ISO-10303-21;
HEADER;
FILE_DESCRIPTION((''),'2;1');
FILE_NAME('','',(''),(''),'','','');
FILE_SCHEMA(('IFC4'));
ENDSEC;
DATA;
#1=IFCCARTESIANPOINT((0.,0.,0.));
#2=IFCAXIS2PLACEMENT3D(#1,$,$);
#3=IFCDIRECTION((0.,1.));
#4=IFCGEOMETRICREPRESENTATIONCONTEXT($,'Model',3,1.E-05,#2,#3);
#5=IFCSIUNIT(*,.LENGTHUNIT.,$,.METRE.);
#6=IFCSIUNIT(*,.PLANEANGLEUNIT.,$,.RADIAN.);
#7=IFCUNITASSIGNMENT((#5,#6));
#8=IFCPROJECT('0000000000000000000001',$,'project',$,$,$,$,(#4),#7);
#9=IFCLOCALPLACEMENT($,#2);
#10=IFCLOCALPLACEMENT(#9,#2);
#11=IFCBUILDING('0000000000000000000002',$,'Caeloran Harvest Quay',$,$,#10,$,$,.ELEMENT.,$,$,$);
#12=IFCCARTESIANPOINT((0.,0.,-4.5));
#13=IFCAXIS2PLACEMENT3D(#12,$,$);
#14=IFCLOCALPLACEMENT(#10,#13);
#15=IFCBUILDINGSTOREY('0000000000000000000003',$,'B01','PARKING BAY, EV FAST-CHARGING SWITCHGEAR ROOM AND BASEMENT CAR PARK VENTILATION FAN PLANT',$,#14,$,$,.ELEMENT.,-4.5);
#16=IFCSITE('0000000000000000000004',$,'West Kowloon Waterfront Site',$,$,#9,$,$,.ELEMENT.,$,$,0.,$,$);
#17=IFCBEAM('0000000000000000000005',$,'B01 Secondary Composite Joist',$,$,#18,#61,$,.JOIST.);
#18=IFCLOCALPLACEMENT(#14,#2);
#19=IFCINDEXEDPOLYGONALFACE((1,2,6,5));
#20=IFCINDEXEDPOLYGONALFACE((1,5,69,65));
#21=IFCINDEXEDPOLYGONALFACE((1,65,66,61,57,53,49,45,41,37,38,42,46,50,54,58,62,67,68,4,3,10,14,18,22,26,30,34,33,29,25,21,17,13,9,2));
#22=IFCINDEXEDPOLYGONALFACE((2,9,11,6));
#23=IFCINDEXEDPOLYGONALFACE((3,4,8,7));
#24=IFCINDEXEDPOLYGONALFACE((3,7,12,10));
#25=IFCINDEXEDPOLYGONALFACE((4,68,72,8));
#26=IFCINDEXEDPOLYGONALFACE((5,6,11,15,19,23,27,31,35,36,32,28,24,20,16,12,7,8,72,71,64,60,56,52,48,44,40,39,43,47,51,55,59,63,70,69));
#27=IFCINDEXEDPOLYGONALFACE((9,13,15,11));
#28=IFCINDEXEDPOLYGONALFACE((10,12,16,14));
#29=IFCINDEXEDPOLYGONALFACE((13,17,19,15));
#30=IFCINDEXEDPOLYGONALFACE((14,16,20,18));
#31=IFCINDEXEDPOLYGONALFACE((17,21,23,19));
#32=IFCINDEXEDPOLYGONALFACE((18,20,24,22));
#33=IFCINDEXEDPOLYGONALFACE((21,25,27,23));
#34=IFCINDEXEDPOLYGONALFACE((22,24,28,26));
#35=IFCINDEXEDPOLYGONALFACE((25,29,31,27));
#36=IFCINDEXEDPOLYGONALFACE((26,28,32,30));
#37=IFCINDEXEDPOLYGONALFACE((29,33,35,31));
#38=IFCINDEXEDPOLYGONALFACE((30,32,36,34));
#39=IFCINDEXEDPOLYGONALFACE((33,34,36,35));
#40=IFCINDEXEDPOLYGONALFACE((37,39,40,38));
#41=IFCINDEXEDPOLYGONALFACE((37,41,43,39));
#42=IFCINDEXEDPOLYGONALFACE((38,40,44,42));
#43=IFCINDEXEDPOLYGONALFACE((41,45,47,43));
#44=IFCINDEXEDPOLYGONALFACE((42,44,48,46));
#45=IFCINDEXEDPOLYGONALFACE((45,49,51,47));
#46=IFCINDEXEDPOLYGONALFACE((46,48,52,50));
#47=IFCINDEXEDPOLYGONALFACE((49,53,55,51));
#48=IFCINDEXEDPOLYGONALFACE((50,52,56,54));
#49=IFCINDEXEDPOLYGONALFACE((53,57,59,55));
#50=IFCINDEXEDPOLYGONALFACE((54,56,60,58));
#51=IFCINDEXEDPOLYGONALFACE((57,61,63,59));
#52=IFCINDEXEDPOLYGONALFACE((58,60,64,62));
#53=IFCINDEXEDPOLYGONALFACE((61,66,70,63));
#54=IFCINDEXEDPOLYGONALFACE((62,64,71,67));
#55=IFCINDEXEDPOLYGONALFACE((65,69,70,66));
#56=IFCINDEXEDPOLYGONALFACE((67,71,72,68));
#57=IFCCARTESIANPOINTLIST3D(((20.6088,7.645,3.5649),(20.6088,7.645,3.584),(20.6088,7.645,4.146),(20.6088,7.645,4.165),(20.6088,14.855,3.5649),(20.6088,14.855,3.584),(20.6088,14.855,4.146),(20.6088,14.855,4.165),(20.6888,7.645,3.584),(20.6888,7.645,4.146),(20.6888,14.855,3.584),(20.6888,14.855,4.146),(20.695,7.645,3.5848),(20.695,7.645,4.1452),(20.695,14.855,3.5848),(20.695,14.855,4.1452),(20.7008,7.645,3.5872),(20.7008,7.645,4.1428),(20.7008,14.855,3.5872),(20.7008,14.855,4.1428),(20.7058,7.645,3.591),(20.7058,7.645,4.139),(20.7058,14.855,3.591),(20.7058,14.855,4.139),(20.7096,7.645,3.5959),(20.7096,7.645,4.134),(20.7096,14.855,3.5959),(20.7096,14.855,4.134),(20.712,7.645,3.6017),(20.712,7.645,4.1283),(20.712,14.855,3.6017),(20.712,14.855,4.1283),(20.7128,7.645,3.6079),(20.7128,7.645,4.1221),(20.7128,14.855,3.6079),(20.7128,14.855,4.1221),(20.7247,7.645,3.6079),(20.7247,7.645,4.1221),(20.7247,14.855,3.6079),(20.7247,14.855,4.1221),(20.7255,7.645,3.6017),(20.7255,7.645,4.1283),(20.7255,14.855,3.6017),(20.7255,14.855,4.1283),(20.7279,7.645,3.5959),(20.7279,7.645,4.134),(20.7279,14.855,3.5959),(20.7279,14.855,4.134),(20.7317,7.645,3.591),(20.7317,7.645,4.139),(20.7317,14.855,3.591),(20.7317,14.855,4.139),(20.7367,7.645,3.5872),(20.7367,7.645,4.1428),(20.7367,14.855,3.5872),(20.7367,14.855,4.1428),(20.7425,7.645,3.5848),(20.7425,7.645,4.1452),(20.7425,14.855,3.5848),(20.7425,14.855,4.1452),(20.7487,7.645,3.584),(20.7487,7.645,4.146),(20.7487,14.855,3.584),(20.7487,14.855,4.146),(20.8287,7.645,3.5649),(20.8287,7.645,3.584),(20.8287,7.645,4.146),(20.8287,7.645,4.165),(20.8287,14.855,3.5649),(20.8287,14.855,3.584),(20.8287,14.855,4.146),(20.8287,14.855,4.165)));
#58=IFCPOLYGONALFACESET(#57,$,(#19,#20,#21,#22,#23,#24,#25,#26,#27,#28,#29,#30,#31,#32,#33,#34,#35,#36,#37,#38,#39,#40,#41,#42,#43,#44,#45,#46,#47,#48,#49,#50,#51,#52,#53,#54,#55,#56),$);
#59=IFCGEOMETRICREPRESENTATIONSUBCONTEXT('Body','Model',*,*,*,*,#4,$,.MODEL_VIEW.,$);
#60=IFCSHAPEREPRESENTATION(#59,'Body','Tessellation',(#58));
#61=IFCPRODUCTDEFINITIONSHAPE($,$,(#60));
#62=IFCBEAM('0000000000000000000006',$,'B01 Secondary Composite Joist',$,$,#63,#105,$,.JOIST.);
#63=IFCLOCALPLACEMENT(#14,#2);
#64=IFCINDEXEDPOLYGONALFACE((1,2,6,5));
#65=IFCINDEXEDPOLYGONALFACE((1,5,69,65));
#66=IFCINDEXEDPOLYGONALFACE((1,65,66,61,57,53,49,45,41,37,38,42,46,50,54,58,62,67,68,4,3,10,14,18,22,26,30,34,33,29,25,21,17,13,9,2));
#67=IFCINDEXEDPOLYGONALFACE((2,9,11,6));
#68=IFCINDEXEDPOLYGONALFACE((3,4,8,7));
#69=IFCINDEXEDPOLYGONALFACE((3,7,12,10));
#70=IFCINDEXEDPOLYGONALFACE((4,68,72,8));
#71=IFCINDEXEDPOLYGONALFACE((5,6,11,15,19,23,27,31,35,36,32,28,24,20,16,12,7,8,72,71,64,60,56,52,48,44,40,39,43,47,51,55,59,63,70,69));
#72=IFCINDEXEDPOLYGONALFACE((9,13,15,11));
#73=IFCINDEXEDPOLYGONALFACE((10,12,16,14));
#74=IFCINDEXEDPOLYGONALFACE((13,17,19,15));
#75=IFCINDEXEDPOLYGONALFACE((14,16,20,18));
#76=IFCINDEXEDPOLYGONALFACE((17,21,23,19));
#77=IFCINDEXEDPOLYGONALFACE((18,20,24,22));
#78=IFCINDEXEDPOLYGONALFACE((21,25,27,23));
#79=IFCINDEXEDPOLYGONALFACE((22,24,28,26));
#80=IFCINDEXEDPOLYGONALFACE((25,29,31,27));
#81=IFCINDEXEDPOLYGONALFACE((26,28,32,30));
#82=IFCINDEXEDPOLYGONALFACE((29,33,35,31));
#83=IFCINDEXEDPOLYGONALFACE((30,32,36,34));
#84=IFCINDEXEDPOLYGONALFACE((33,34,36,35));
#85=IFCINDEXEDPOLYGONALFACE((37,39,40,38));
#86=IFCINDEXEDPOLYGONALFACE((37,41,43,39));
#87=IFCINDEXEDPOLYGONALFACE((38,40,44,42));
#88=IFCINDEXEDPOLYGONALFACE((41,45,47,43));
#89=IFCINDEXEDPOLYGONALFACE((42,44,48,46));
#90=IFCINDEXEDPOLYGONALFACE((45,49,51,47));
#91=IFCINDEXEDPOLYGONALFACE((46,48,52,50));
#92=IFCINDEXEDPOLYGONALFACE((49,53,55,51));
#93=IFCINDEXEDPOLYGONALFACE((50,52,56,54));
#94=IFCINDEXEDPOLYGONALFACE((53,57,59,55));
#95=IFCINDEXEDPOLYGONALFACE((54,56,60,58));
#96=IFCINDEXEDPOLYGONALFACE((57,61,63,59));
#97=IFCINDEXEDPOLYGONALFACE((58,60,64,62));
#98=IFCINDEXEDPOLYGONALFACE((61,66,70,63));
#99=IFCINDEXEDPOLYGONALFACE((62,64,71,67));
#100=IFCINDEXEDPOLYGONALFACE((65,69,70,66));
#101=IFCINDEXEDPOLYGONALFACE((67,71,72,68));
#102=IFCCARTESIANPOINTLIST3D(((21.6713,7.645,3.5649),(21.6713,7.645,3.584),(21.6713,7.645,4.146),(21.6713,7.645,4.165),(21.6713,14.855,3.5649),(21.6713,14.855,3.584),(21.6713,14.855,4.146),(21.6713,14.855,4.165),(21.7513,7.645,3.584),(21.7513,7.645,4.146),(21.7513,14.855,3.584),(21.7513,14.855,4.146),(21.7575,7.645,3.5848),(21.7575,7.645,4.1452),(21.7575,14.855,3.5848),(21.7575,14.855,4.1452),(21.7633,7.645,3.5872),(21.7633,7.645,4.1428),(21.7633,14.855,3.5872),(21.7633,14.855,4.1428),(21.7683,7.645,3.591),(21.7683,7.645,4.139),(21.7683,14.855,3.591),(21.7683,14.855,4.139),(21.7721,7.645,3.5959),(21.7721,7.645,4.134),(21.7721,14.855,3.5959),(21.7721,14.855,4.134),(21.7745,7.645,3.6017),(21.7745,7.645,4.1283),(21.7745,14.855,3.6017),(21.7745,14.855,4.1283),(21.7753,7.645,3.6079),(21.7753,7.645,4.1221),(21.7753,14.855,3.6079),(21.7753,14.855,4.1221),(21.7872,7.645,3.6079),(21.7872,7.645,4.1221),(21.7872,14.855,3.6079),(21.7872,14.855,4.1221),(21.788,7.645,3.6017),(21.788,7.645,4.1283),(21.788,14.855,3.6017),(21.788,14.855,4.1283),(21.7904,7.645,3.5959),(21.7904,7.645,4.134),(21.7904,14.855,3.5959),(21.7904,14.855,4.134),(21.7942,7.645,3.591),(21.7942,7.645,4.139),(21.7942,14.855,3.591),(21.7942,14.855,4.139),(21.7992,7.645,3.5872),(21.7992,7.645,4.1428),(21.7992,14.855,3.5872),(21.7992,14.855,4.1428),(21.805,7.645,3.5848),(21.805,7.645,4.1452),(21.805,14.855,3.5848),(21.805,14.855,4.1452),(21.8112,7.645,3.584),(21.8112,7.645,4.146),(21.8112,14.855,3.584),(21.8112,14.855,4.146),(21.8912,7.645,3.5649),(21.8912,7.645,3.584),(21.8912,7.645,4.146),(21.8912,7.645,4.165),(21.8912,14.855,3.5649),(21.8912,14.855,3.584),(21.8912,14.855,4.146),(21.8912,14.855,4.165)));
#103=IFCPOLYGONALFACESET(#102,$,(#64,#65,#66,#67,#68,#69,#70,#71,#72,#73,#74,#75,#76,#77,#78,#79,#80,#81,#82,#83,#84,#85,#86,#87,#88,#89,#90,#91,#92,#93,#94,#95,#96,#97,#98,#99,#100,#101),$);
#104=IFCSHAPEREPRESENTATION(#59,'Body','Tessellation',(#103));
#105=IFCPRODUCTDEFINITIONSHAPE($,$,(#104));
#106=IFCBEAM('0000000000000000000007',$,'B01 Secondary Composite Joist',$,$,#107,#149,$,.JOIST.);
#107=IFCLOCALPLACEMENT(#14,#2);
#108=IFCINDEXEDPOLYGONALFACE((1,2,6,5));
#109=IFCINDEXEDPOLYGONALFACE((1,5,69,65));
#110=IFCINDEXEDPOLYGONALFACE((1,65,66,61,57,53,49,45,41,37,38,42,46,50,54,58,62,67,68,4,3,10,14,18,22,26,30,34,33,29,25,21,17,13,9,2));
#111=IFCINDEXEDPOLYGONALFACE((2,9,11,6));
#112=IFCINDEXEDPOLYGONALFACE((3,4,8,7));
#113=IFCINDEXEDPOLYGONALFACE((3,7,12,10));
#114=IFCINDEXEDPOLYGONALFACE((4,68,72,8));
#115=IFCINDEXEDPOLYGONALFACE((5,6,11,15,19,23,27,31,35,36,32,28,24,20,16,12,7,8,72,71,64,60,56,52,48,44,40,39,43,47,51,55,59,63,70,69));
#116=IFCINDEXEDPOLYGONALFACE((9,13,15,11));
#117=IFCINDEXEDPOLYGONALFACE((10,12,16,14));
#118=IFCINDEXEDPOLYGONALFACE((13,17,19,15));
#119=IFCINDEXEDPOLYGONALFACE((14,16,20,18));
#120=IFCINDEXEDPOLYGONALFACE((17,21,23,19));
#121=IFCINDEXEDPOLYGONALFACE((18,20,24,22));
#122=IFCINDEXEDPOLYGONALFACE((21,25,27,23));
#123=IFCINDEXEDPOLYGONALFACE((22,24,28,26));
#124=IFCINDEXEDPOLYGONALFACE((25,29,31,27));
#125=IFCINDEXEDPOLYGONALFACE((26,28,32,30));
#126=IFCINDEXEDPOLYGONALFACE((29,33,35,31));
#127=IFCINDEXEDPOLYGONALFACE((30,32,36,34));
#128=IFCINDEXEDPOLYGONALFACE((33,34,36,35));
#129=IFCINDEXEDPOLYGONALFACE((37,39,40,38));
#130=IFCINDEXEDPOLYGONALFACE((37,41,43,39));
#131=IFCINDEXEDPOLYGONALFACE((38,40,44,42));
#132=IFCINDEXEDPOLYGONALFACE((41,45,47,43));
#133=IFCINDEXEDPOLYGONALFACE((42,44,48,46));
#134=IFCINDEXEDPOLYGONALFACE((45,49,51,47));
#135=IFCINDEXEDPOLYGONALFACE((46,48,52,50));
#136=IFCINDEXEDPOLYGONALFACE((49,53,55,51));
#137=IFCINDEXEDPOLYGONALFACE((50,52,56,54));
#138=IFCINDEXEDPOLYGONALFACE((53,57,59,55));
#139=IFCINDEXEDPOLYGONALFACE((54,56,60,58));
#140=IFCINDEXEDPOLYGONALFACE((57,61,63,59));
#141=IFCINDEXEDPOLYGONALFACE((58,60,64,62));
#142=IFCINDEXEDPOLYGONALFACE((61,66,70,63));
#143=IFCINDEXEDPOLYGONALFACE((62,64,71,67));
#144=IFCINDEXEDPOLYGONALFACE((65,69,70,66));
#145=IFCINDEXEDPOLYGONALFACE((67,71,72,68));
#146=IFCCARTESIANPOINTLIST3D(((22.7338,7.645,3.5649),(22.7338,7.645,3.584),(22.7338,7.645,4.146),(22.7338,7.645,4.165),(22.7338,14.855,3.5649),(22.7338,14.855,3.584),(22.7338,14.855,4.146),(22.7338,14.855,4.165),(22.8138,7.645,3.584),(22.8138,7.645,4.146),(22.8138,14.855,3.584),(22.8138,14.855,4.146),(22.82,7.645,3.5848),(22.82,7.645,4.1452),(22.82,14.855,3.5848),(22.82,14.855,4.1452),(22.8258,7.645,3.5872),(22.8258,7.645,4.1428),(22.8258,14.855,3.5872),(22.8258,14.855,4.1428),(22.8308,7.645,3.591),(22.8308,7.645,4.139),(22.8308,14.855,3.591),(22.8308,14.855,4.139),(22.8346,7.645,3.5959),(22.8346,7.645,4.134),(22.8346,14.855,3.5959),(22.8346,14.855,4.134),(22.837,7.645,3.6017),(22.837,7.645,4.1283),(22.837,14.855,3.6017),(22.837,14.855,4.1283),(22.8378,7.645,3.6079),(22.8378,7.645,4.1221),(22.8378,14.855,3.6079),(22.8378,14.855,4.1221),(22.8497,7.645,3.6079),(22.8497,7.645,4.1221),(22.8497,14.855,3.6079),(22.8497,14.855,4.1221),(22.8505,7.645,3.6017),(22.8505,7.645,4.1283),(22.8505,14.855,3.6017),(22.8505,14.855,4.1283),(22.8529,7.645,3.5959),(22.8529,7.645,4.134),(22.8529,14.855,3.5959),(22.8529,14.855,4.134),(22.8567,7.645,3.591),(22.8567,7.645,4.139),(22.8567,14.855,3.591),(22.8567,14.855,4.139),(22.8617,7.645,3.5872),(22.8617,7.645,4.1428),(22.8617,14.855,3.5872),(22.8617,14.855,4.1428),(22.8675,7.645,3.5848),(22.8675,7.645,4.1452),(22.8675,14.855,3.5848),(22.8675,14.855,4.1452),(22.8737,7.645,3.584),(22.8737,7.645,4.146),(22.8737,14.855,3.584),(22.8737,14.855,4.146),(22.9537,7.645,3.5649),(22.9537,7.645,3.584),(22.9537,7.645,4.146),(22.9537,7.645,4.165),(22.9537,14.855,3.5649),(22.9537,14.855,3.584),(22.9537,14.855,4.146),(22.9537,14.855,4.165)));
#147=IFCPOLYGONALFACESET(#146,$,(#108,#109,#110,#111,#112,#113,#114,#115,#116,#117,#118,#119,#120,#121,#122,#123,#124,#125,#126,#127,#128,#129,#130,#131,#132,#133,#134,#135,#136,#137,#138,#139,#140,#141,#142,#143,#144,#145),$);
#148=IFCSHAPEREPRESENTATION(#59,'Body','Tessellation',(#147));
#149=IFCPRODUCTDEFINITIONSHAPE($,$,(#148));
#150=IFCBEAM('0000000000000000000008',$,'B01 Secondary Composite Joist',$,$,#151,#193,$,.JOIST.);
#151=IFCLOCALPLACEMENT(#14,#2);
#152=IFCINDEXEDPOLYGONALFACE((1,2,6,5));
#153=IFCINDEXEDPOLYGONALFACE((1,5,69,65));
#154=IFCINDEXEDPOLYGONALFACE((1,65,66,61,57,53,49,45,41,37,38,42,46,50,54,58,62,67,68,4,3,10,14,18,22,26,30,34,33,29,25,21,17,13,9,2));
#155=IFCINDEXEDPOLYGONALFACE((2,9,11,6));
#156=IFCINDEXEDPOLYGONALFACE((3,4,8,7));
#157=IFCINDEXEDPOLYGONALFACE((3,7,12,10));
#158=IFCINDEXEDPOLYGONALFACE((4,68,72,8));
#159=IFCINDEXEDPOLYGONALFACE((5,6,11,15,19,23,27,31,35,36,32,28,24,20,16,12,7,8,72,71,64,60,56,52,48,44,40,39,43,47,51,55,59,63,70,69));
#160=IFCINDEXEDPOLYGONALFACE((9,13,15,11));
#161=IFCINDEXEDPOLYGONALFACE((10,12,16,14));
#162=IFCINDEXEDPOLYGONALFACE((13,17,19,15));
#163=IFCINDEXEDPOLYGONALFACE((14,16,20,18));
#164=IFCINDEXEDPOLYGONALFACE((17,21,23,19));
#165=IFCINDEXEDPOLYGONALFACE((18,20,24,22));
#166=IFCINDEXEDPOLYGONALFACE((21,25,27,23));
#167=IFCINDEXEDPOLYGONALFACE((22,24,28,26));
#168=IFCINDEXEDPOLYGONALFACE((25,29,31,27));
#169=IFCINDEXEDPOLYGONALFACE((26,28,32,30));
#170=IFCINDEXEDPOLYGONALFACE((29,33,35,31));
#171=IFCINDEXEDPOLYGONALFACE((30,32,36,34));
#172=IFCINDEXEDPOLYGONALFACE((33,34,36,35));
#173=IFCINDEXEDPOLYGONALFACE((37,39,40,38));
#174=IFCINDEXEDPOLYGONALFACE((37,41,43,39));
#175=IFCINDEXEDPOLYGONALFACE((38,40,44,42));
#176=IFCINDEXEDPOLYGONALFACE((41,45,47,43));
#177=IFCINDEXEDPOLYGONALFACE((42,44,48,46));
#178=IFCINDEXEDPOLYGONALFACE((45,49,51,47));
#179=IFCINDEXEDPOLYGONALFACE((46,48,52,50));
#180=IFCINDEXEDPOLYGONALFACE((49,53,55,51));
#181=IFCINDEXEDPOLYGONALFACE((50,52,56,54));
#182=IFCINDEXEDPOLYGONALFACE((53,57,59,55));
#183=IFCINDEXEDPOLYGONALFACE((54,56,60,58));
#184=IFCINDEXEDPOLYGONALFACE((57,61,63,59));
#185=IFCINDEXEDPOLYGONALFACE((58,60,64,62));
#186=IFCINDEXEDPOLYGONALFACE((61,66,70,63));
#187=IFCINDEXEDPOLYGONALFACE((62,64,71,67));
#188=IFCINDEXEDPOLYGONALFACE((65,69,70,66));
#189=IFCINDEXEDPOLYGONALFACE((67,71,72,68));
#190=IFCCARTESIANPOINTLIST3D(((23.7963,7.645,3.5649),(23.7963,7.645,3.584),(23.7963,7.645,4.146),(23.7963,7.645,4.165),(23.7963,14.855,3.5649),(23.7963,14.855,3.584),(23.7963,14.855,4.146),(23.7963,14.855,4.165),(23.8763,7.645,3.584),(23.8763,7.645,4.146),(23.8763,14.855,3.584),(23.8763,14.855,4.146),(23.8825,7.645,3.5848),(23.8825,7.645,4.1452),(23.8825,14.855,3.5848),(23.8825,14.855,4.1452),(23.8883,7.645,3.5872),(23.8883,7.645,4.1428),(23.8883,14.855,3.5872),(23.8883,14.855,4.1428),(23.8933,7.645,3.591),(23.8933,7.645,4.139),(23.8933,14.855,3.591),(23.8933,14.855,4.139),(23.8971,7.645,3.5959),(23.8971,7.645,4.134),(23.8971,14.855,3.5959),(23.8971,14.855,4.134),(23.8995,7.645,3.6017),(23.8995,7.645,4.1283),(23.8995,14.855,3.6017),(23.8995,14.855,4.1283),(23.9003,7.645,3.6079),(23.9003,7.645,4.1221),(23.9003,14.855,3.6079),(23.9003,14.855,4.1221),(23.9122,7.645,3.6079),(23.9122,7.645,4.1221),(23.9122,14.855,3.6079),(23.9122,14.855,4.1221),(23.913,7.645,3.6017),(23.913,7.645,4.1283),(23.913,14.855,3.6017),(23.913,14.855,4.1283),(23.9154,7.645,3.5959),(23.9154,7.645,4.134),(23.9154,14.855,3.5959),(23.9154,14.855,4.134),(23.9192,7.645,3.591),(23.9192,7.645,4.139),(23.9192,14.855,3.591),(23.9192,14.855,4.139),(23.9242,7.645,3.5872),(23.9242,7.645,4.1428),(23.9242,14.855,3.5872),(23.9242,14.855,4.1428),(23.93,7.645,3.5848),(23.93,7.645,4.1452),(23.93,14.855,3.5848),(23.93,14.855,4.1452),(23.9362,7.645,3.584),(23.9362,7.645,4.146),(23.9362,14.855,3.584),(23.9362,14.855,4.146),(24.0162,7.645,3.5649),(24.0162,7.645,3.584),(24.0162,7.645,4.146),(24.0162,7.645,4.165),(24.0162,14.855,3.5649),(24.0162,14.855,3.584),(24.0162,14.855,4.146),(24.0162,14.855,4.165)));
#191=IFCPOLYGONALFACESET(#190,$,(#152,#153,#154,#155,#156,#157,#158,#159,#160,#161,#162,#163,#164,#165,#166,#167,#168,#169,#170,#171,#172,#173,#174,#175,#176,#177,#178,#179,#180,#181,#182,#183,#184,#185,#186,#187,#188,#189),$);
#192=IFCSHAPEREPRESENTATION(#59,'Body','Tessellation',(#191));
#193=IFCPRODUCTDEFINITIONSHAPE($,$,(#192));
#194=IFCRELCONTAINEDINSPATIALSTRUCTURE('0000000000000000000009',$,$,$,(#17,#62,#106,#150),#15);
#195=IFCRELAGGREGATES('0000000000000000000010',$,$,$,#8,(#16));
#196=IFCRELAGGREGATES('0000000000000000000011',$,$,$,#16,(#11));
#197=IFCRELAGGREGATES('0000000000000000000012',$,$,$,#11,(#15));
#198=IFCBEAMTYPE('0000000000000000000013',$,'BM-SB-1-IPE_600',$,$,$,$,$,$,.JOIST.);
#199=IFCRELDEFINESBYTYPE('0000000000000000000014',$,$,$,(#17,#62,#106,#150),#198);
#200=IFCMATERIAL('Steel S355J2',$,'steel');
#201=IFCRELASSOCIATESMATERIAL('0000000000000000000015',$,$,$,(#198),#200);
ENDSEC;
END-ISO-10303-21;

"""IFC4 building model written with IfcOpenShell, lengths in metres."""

from ifc_helpers import new_model, si_unit, direction, frame, origin, origin_2d, place, context, subcontext, project, spatial, i_section, extrude, material, material_profile, profile_set, type_object, element, save


model = new_model("IFC4")

# Units and contexts
model_context = context("Model", 3, precision=1e-05, world=origin(), true_north=direction((0.0, 1.0)))
body_context = subcontext(model_context, "Body", "Model", "MODEL_VIEW")
ifc_project = project(units=[si_unit("LENGTHUNIT", "METRE"), si_unit("PLANEANGLEUNIT", "RADIAN")], contexts=[model_context])

# Site, building, storey
site_placement = place(None, origin())
site = spatial("IfcSite", under=ifc_project, at=site_placement, Name="West Kowloon Waterfront Site", CompositionType="ELEMENT", RefElevation=0.0)
building_placement = place(site_placement, origin())
building = spatial("IfcBuilding", under=site, at=building_placement, Name="Caeloran Harvest Quay", CompositionType="ELEMENT")
storey_placement = place(building_placement, frame((0.0, 0.0, -4.5)))
storey = spatial("IfcBuildingStorey", under=building, at=storey_placement, Name="B01", Description="PARKING BAY, EV FAST-CHARGING SWITCHGEAR ROOM AND BASEMENT CAR PARK VENTILATION FAN PLANT", CompositionType="ELEMENT", Elevation=-4.5)

# Beams
ifc_material_1 = material(Name="Steel S355J2", Category="steel")
ifc_material_profile_1 = material_profile(ifc_material_1, i_section(OverallWidth=0.22, OverallDepth=0.6001, WebThickness=0.012, FlangeThickness=0.019, FilletRadius=0.0239, at=origin_2d()), Name="IPE 600")
ifc_profile_set_1 = profile_set([ifc_material_profile_1], Name="Steel S355J2")
beam_type_1 = type_object("IfcBeamType", Name="BM-SB-1-IPE_600", PredefinedType="JOIST", material=ifc_profile_set_1)
for number, where, z_axis, x_axis, name in (
    (1, (20.7188, 7.645, 3.865), (0.0, 1.0, 0.0), (-1.0, 0.0, 0.0), "B01 Secondary Composite Joist"),
    (2, (21.7812, 7.645, 3.865), (0.0, 1.0, 0.0), (-1.0, 0.0, 0.0), "B01 Secondary Composite Joist"),
    (3, (22.8438, 7.645, 3.865), (0.0, 1.0, 0.0), (-1.0, 0.0, 0.0), "B01 Secondary Composite Joist"),
    (4, (23.9062, 7.645, 3.865), (0.0, 1.0, 0.0), (-1.0, 0.0, 0.0), "B01 Secondary Composite Joist"),
):
    element("IfcBeam", number, at=place(storey_placement, frame(where, z_axis=z_axis, x_axis=x_axis)), inside=storey, type_object=beam_type_1, Name=name, PredefinedType="JOIST", context=body_context, shape_type="SweptSolid", body=[
        extrude(i_section(OverallWidth=0.22, OverallDepth=0.6001, WebThickness=0.012, FlangeThickness=0.019, FilletRadius=0.0239, at=origin_2d()), origin(), (0.0, 0.0, 1.0), 7.21),
    ])

save(model, "model.ifc")
